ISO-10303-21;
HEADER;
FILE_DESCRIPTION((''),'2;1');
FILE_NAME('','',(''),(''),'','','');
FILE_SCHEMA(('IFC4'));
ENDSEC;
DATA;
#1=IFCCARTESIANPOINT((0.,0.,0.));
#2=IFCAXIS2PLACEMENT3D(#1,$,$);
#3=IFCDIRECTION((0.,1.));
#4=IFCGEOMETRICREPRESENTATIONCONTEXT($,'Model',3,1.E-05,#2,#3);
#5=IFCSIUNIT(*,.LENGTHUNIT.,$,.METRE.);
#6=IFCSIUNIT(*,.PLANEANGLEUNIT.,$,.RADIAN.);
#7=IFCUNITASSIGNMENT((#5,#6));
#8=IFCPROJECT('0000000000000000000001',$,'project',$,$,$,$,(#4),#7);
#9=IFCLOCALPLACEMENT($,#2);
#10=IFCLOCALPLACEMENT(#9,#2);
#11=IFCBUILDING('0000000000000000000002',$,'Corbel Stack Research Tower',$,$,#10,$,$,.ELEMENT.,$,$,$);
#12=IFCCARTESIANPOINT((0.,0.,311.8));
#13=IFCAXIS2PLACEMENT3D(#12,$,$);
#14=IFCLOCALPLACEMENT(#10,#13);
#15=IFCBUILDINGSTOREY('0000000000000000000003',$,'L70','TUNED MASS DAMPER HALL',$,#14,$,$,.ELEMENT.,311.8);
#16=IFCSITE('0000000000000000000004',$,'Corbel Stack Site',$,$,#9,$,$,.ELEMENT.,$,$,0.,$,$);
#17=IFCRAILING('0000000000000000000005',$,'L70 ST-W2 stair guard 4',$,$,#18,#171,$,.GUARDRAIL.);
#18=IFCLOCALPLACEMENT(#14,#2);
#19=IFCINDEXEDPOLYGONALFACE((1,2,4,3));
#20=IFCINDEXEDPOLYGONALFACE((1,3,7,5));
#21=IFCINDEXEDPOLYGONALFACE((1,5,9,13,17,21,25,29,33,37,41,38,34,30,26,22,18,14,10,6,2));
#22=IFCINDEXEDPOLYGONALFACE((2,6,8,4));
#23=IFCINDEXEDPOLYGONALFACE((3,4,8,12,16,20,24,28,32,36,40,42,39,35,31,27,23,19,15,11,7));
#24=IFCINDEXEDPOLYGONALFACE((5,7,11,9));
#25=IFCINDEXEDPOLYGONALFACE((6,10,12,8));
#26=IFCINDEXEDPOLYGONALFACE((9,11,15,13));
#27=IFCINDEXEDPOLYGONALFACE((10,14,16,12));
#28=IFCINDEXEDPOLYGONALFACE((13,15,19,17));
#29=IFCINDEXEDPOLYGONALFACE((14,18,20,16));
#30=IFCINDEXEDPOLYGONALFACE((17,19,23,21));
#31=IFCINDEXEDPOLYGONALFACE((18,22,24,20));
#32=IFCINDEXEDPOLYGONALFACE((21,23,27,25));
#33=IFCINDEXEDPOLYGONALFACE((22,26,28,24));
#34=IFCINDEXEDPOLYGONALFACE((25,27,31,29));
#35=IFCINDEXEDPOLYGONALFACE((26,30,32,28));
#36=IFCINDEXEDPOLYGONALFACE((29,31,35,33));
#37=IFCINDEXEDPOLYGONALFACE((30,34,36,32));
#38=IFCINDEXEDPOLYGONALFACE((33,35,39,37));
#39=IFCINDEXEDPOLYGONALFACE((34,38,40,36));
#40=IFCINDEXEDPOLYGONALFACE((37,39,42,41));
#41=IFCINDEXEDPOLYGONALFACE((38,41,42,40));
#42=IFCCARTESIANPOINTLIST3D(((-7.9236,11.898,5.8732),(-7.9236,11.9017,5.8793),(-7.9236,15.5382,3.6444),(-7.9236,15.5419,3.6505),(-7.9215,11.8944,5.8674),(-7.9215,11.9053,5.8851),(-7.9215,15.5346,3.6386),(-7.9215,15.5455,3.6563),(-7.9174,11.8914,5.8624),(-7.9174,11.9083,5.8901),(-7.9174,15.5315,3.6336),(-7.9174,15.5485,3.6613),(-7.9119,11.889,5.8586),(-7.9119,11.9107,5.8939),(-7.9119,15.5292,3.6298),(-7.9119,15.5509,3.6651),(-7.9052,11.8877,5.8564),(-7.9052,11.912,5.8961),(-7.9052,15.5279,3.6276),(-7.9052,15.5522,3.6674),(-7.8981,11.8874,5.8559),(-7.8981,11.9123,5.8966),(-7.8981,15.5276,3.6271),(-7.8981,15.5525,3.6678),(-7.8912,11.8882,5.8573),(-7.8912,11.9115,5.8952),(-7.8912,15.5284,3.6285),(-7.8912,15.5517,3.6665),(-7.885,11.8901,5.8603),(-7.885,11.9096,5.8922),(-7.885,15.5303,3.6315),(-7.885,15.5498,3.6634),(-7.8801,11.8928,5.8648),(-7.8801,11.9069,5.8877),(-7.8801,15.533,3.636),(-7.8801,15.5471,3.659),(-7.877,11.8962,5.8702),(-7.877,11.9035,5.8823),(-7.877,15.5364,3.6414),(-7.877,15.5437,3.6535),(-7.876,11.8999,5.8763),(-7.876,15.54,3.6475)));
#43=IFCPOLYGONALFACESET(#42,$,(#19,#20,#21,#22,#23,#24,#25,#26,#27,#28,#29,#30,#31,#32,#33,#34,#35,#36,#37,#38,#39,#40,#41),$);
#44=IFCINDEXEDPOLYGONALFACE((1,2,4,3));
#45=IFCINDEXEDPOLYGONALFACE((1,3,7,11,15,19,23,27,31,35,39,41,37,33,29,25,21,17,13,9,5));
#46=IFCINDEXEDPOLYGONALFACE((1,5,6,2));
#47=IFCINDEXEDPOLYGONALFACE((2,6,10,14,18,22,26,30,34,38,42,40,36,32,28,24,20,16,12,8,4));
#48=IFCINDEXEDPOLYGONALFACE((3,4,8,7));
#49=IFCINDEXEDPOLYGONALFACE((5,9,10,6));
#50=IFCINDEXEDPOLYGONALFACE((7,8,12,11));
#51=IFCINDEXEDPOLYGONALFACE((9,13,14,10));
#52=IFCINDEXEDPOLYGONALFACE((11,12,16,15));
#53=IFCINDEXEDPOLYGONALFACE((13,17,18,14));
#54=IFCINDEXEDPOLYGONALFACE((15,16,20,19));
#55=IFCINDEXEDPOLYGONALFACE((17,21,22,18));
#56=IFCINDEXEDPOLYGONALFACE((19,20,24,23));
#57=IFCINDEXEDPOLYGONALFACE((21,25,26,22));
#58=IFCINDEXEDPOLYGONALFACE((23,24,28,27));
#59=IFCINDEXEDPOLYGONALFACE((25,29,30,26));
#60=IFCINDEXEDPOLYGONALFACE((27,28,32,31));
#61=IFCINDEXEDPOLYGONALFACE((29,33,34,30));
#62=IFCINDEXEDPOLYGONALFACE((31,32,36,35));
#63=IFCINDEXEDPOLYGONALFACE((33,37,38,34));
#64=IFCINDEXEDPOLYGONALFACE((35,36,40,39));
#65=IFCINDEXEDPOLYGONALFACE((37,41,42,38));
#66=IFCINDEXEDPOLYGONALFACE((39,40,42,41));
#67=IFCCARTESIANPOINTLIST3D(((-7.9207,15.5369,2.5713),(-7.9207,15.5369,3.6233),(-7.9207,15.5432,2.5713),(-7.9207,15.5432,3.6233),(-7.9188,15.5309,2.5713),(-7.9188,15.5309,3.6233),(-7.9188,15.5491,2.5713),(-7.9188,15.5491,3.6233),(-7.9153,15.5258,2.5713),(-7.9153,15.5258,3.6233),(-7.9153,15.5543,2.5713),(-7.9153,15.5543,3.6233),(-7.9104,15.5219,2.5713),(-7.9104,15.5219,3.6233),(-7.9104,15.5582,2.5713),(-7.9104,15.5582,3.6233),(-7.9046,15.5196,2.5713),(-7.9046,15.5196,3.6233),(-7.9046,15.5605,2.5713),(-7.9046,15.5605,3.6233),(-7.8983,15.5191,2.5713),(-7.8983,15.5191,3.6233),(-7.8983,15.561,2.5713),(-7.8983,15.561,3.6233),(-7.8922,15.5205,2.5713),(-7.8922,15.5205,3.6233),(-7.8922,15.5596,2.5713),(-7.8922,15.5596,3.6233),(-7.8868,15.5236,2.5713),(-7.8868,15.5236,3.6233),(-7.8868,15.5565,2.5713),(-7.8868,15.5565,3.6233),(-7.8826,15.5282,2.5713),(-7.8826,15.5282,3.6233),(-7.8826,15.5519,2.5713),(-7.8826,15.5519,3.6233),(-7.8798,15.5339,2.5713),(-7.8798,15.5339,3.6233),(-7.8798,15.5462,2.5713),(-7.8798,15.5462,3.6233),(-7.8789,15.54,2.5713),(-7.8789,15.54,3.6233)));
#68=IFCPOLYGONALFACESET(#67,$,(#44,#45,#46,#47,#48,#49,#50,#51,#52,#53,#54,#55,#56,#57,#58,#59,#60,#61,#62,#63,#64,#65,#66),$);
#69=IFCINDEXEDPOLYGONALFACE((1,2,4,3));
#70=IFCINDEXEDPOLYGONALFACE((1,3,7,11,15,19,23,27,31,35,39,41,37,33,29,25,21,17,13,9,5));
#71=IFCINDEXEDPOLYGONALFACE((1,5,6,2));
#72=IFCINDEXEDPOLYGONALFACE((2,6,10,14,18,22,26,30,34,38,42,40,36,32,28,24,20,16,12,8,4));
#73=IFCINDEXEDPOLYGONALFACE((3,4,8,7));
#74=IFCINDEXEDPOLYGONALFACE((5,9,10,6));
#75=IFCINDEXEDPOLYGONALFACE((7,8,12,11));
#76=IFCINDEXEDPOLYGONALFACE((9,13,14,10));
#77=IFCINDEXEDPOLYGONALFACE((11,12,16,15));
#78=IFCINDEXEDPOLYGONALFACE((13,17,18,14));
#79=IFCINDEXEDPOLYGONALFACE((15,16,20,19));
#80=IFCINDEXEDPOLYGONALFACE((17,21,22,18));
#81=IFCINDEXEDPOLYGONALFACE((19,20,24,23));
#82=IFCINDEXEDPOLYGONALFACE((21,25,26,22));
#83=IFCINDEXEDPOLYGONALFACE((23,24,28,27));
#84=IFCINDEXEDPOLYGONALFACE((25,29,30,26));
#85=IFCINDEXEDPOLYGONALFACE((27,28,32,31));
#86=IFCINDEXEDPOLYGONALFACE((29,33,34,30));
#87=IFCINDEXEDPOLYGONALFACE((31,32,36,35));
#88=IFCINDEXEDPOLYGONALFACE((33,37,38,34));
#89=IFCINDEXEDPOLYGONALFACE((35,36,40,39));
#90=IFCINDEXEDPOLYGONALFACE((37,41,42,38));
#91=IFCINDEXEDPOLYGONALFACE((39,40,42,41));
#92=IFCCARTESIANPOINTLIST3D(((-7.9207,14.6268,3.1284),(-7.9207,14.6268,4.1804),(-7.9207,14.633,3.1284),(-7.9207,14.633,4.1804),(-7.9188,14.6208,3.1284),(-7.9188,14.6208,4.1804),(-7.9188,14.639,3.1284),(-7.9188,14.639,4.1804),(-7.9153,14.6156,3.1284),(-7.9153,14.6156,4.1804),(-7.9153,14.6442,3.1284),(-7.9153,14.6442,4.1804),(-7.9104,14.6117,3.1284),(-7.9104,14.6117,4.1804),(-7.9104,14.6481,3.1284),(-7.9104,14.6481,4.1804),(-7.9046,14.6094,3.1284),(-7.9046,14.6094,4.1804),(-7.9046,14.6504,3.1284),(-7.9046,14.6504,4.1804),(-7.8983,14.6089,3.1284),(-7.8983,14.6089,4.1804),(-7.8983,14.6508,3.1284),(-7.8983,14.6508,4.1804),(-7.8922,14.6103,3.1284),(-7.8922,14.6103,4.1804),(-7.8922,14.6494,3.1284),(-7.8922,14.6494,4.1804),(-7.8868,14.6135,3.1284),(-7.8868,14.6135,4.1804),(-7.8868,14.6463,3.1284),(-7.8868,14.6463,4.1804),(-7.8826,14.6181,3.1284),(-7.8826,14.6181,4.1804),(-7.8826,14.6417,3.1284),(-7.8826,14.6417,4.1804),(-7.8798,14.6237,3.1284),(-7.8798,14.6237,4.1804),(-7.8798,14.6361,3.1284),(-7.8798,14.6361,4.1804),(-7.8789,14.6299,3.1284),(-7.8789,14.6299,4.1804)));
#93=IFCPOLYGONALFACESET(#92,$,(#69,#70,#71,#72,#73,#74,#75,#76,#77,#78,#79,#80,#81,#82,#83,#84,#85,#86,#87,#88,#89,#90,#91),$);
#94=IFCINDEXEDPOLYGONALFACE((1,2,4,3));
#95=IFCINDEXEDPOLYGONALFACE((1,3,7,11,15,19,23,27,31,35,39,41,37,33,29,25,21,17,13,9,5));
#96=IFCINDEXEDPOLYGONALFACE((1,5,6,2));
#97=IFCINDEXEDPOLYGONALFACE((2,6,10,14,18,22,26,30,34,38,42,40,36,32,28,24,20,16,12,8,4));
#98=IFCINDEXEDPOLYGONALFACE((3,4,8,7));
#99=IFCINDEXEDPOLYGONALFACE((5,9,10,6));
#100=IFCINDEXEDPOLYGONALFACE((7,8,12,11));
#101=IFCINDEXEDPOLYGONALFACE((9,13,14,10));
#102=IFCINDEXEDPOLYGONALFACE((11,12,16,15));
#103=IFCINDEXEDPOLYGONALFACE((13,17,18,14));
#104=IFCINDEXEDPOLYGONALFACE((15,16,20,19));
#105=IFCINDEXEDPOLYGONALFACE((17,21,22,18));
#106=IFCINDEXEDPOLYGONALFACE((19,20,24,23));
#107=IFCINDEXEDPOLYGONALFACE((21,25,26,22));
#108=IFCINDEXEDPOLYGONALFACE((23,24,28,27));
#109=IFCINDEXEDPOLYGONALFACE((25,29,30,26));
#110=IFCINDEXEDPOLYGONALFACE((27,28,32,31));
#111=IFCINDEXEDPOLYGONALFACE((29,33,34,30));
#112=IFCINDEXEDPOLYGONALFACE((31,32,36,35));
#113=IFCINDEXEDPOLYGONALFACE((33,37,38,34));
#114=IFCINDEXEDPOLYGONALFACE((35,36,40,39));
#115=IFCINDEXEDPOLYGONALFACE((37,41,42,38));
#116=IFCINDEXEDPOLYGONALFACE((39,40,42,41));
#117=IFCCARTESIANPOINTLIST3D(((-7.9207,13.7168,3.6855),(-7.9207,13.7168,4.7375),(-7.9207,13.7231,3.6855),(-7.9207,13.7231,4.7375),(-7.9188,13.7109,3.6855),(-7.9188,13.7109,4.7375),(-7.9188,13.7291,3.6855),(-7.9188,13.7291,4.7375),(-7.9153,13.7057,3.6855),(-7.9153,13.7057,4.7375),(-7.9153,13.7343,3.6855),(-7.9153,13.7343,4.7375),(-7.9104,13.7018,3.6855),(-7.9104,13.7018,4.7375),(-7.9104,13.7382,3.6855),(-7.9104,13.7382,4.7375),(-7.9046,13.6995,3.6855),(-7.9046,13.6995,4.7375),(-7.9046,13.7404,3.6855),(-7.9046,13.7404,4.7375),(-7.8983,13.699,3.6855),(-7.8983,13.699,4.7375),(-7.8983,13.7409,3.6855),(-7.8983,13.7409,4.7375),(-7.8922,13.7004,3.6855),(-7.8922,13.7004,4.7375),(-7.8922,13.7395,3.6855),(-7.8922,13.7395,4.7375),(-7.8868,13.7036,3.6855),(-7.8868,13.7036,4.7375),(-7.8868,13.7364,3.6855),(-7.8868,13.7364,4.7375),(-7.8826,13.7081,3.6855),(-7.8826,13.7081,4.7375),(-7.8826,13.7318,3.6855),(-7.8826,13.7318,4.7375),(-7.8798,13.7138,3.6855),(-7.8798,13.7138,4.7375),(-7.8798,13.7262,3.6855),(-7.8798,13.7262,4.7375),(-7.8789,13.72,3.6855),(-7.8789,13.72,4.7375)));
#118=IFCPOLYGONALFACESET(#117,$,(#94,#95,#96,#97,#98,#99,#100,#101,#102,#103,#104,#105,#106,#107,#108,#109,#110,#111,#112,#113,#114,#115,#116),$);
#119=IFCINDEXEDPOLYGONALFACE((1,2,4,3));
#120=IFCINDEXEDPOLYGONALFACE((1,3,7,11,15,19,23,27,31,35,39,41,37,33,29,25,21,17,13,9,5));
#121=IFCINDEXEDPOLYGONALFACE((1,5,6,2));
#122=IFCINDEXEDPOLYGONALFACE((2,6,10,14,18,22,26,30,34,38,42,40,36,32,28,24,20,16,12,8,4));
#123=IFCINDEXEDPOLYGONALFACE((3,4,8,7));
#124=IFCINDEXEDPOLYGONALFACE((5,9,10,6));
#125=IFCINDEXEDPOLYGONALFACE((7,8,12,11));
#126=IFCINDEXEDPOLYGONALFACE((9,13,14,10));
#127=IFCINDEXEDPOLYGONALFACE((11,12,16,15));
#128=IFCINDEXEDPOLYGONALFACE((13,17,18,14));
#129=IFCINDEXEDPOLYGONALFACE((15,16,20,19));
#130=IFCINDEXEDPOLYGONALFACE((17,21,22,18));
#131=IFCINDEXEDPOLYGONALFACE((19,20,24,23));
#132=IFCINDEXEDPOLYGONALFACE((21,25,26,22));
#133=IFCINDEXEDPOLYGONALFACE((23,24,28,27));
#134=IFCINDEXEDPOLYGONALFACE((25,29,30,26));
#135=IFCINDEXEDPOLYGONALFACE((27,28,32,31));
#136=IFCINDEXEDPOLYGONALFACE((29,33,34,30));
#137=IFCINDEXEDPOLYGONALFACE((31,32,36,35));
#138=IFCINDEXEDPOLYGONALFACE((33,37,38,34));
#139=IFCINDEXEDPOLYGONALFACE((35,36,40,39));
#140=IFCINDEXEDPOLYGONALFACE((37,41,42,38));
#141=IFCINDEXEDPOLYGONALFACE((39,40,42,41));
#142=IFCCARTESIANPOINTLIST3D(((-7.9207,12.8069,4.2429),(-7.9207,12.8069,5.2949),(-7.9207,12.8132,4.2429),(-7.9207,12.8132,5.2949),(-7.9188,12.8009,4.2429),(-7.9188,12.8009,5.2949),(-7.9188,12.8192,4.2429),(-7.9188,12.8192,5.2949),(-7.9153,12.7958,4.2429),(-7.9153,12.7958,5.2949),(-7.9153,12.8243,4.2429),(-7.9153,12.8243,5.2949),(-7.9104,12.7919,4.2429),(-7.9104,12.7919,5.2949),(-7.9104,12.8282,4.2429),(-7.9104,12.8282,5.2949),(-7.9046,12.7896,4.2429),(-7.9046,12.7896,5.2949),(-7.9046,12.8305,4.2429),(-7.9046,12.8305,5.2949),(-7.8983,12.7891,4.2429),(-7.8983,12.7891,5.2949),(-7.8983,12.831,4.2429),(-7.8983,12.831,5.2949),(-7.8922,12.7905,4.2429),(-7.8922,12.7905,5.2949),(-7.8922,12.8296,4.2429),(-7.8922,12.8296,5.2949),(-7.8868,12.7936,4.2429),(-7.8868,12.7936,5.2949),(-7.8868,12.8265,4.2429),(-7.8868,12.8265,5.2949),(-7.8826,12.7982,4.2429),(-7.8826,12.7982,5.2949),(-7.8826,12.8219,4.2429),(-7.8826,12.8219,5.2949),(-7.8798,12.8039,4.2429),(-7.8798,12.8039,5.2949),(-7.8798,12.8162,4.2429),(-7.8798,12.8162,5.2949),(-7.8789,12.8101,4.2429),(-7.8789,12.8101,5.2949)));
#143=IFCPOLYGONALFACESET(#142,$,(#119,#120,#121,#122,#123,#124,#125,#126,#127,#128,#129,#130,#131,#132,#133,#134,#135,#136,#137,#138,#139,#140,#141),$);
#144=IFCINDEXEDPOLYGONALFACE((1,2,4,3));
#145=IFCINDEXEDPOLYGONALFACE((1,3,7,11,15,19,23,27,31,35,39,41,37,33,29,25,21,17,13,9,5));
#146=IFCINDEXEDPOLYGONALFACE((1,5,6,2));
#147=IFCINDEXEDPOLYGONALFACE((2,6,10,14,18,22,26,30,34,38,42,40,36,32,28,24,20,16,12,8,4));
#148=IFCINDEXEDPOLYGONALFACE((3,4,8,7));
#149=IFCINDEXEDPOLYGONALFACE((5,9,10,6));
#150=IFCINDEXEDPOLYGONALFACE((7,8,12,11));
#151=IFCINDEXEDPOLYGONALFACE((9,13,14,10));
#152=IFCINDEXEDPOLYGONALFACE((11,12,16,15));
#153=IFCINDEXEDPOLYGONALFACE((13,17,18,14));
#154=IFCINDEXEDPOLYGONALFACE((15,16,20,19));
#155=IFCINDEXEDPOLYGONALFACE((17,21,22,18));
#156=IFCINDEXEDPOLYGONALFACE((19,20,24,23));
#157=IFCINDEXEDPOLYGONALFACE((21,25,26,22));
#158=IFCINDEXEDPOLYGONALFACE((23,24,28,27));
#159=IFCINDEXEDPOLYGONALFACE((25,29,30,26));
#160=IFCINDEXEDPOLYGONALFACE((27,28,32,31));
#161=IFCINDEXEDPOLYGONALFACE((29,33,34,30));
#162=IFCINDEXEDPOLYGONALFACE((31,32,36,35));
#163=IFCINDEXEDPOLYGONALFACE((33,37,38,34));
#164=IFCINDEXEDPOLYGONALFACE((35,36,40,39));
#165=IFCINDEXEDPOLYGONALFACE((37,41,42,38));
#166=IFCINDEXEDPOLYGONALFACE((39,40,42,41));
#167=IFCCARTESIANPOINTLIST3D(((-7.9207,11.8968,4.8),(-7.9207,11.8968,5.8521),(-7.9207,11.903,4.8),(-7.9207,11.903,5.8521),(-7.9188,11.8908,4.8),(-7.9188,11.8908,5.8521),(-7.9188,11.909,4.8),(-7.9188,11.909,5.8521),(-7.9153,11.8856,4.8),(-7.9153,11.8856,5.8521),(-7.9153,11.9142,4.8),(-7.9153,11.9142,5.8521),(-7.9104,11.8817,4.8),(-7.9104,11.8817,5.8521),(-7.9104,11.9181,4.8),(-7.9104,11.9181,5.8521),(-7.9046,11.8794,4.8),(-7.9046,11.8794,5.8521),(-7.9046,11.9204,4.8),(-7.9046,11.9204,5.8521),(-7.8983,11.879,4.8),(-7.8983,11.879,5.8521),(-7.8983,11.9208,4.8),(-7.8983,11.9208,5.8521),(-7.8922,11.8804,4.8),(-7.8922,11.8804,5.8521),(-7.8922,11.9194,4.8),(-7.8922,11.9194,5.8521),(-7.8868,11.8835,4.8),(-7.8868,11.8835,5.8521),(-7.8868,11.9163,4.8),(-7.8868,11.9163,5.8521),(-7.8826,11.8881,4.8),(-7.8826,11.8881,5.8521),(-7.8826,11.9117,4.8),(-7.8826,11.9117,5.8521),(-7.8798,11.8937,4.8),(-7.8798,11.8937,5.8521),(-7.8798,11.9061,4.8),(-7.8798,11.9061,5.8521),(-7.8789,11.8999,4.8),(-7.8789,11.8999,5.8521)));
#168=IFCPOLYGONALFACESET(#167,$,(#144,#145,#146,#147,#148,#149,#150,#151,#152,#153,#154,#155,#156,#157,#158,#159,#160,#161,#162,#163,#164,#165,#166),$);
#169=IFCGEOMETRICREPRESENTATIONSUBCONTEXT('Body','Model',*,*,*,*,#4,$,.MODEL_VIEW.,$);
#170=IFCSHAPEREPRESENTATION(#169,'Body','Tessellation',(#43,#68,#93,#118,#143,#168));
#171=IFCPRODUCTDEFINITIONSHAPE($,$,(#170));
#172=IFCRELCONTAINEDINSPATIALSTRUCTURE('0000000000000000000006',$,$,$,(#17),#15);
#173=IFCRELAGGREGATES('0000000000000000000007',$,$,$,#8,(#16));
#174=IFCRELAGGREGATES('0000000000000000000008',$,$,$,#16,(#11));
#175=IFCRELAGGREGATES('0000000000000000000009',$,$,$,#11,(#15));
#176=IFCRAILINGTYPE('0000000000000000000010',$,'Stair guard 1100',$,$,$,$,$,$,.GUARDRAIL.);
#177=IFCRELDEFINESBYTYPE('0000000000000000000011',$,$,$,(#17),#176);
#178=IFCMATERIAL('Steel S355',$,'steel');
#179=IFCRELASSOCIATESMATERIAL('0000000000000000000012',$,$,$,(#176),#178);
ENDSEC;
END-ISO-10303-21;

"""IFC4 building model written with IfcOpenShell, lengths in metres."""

from ifc_helpers import new_model, si_unit, direction, frame, origin, origin_2d, place, context, subcontext, project, spatial, circle, extrude, material, type_object, element, save


model = new_model("IFC4")

# Units and contexts
model_context = context("Model", 3, precision=1e-05, world=origin(), true_north=direction((0.0, 1.0)))
body_context = subcontext(model_context, "Body", "Model", "MODEL_VIEW")
ifc_project = project(units=[si_unit("LENGTHUNIT", "METRE"), si_unit("PLANEANGLEUNIT", "RADIAN")], contexts=[model_context])

# Site, building, storey
site_placement = place(None, origin())
site = spatial("IfcSite", under=ifc_project, at=site_placement, Name="Corbel Stack Site", CompositionType="ELEMENT", RefElevation=0.0)
building_placement = place(site_placement, origin())
building = spatial("IfcBuilding", under=site, at=building_placement, Name="Corbel Stack Research Tower", CompositionType="ELEMENT")
storey_placement = place(building_placement, frame((0.0, 0.0, 311.8)))
storey = spatial("IfcBuildingStorey", under=building, at=storey_placement, Name="L70", Description="TUNED MASS DAMPER HALL", CompositionType="ELEMENT", Elevation=311.8)

# Railing
ifc_material_1 = material(Name="Steel S355", Category="steel")
railing_type_1 = type_object("IfcRailingType", Name="Stair guard 1100", PredefinedType="GUARDRAIL", material=ifc_material_1)
railing_1_placement = place(storey_placement, frame((-7.8999, 15.54, 2.5713)))
element("IfcRailing", 1, at=railing_1_placement, inside=storey, type_object=railing_type_1, Name="L70 ST-W2 stair guard 4", PredefinedType="GUARDRAIL", context=body_context, shape_type="SweptSolid", body=[
    extrude(circle(Radius=0.0239, at=origin_2d()), frame((0.0, 0.0, 1.0762), z_axis=(0.0, -0.85284, 0.522172), x_axis=(1.0, 0.0, 0.0)), (0.0, 0.0, 1.0), 4.2683),
    extrude(circle(Radius=0.021, at=origin_2d()), origin(), (0.0, 0.0, 1.0), 1.052),
    extrude(circle(Radius=0.021, at=origin_2d()), frame((0.0, -0.9102, 0.5571)), (0.0, 0.0, 1.0), 1.052),
    extrude(circle(Radius=0.021, at=origin_2d()), frame((0.0, -1.8201, 1.1143)), (0.0, 0.0, 1.0), 1.052),
    extrude(circle(Radius=0.021, at=origin_2d()), frame((0.0, -2.73, 1.6716)), (0.0, 0.0, 1.0), 1.052),
    extrude(circle(Radius=0.021, at=origin_2d()), frame((0.0, -3.6401, 2.2288)), (0.0, 0.0, 1.0), 1.052),
])

save(model, "model.ifc")
